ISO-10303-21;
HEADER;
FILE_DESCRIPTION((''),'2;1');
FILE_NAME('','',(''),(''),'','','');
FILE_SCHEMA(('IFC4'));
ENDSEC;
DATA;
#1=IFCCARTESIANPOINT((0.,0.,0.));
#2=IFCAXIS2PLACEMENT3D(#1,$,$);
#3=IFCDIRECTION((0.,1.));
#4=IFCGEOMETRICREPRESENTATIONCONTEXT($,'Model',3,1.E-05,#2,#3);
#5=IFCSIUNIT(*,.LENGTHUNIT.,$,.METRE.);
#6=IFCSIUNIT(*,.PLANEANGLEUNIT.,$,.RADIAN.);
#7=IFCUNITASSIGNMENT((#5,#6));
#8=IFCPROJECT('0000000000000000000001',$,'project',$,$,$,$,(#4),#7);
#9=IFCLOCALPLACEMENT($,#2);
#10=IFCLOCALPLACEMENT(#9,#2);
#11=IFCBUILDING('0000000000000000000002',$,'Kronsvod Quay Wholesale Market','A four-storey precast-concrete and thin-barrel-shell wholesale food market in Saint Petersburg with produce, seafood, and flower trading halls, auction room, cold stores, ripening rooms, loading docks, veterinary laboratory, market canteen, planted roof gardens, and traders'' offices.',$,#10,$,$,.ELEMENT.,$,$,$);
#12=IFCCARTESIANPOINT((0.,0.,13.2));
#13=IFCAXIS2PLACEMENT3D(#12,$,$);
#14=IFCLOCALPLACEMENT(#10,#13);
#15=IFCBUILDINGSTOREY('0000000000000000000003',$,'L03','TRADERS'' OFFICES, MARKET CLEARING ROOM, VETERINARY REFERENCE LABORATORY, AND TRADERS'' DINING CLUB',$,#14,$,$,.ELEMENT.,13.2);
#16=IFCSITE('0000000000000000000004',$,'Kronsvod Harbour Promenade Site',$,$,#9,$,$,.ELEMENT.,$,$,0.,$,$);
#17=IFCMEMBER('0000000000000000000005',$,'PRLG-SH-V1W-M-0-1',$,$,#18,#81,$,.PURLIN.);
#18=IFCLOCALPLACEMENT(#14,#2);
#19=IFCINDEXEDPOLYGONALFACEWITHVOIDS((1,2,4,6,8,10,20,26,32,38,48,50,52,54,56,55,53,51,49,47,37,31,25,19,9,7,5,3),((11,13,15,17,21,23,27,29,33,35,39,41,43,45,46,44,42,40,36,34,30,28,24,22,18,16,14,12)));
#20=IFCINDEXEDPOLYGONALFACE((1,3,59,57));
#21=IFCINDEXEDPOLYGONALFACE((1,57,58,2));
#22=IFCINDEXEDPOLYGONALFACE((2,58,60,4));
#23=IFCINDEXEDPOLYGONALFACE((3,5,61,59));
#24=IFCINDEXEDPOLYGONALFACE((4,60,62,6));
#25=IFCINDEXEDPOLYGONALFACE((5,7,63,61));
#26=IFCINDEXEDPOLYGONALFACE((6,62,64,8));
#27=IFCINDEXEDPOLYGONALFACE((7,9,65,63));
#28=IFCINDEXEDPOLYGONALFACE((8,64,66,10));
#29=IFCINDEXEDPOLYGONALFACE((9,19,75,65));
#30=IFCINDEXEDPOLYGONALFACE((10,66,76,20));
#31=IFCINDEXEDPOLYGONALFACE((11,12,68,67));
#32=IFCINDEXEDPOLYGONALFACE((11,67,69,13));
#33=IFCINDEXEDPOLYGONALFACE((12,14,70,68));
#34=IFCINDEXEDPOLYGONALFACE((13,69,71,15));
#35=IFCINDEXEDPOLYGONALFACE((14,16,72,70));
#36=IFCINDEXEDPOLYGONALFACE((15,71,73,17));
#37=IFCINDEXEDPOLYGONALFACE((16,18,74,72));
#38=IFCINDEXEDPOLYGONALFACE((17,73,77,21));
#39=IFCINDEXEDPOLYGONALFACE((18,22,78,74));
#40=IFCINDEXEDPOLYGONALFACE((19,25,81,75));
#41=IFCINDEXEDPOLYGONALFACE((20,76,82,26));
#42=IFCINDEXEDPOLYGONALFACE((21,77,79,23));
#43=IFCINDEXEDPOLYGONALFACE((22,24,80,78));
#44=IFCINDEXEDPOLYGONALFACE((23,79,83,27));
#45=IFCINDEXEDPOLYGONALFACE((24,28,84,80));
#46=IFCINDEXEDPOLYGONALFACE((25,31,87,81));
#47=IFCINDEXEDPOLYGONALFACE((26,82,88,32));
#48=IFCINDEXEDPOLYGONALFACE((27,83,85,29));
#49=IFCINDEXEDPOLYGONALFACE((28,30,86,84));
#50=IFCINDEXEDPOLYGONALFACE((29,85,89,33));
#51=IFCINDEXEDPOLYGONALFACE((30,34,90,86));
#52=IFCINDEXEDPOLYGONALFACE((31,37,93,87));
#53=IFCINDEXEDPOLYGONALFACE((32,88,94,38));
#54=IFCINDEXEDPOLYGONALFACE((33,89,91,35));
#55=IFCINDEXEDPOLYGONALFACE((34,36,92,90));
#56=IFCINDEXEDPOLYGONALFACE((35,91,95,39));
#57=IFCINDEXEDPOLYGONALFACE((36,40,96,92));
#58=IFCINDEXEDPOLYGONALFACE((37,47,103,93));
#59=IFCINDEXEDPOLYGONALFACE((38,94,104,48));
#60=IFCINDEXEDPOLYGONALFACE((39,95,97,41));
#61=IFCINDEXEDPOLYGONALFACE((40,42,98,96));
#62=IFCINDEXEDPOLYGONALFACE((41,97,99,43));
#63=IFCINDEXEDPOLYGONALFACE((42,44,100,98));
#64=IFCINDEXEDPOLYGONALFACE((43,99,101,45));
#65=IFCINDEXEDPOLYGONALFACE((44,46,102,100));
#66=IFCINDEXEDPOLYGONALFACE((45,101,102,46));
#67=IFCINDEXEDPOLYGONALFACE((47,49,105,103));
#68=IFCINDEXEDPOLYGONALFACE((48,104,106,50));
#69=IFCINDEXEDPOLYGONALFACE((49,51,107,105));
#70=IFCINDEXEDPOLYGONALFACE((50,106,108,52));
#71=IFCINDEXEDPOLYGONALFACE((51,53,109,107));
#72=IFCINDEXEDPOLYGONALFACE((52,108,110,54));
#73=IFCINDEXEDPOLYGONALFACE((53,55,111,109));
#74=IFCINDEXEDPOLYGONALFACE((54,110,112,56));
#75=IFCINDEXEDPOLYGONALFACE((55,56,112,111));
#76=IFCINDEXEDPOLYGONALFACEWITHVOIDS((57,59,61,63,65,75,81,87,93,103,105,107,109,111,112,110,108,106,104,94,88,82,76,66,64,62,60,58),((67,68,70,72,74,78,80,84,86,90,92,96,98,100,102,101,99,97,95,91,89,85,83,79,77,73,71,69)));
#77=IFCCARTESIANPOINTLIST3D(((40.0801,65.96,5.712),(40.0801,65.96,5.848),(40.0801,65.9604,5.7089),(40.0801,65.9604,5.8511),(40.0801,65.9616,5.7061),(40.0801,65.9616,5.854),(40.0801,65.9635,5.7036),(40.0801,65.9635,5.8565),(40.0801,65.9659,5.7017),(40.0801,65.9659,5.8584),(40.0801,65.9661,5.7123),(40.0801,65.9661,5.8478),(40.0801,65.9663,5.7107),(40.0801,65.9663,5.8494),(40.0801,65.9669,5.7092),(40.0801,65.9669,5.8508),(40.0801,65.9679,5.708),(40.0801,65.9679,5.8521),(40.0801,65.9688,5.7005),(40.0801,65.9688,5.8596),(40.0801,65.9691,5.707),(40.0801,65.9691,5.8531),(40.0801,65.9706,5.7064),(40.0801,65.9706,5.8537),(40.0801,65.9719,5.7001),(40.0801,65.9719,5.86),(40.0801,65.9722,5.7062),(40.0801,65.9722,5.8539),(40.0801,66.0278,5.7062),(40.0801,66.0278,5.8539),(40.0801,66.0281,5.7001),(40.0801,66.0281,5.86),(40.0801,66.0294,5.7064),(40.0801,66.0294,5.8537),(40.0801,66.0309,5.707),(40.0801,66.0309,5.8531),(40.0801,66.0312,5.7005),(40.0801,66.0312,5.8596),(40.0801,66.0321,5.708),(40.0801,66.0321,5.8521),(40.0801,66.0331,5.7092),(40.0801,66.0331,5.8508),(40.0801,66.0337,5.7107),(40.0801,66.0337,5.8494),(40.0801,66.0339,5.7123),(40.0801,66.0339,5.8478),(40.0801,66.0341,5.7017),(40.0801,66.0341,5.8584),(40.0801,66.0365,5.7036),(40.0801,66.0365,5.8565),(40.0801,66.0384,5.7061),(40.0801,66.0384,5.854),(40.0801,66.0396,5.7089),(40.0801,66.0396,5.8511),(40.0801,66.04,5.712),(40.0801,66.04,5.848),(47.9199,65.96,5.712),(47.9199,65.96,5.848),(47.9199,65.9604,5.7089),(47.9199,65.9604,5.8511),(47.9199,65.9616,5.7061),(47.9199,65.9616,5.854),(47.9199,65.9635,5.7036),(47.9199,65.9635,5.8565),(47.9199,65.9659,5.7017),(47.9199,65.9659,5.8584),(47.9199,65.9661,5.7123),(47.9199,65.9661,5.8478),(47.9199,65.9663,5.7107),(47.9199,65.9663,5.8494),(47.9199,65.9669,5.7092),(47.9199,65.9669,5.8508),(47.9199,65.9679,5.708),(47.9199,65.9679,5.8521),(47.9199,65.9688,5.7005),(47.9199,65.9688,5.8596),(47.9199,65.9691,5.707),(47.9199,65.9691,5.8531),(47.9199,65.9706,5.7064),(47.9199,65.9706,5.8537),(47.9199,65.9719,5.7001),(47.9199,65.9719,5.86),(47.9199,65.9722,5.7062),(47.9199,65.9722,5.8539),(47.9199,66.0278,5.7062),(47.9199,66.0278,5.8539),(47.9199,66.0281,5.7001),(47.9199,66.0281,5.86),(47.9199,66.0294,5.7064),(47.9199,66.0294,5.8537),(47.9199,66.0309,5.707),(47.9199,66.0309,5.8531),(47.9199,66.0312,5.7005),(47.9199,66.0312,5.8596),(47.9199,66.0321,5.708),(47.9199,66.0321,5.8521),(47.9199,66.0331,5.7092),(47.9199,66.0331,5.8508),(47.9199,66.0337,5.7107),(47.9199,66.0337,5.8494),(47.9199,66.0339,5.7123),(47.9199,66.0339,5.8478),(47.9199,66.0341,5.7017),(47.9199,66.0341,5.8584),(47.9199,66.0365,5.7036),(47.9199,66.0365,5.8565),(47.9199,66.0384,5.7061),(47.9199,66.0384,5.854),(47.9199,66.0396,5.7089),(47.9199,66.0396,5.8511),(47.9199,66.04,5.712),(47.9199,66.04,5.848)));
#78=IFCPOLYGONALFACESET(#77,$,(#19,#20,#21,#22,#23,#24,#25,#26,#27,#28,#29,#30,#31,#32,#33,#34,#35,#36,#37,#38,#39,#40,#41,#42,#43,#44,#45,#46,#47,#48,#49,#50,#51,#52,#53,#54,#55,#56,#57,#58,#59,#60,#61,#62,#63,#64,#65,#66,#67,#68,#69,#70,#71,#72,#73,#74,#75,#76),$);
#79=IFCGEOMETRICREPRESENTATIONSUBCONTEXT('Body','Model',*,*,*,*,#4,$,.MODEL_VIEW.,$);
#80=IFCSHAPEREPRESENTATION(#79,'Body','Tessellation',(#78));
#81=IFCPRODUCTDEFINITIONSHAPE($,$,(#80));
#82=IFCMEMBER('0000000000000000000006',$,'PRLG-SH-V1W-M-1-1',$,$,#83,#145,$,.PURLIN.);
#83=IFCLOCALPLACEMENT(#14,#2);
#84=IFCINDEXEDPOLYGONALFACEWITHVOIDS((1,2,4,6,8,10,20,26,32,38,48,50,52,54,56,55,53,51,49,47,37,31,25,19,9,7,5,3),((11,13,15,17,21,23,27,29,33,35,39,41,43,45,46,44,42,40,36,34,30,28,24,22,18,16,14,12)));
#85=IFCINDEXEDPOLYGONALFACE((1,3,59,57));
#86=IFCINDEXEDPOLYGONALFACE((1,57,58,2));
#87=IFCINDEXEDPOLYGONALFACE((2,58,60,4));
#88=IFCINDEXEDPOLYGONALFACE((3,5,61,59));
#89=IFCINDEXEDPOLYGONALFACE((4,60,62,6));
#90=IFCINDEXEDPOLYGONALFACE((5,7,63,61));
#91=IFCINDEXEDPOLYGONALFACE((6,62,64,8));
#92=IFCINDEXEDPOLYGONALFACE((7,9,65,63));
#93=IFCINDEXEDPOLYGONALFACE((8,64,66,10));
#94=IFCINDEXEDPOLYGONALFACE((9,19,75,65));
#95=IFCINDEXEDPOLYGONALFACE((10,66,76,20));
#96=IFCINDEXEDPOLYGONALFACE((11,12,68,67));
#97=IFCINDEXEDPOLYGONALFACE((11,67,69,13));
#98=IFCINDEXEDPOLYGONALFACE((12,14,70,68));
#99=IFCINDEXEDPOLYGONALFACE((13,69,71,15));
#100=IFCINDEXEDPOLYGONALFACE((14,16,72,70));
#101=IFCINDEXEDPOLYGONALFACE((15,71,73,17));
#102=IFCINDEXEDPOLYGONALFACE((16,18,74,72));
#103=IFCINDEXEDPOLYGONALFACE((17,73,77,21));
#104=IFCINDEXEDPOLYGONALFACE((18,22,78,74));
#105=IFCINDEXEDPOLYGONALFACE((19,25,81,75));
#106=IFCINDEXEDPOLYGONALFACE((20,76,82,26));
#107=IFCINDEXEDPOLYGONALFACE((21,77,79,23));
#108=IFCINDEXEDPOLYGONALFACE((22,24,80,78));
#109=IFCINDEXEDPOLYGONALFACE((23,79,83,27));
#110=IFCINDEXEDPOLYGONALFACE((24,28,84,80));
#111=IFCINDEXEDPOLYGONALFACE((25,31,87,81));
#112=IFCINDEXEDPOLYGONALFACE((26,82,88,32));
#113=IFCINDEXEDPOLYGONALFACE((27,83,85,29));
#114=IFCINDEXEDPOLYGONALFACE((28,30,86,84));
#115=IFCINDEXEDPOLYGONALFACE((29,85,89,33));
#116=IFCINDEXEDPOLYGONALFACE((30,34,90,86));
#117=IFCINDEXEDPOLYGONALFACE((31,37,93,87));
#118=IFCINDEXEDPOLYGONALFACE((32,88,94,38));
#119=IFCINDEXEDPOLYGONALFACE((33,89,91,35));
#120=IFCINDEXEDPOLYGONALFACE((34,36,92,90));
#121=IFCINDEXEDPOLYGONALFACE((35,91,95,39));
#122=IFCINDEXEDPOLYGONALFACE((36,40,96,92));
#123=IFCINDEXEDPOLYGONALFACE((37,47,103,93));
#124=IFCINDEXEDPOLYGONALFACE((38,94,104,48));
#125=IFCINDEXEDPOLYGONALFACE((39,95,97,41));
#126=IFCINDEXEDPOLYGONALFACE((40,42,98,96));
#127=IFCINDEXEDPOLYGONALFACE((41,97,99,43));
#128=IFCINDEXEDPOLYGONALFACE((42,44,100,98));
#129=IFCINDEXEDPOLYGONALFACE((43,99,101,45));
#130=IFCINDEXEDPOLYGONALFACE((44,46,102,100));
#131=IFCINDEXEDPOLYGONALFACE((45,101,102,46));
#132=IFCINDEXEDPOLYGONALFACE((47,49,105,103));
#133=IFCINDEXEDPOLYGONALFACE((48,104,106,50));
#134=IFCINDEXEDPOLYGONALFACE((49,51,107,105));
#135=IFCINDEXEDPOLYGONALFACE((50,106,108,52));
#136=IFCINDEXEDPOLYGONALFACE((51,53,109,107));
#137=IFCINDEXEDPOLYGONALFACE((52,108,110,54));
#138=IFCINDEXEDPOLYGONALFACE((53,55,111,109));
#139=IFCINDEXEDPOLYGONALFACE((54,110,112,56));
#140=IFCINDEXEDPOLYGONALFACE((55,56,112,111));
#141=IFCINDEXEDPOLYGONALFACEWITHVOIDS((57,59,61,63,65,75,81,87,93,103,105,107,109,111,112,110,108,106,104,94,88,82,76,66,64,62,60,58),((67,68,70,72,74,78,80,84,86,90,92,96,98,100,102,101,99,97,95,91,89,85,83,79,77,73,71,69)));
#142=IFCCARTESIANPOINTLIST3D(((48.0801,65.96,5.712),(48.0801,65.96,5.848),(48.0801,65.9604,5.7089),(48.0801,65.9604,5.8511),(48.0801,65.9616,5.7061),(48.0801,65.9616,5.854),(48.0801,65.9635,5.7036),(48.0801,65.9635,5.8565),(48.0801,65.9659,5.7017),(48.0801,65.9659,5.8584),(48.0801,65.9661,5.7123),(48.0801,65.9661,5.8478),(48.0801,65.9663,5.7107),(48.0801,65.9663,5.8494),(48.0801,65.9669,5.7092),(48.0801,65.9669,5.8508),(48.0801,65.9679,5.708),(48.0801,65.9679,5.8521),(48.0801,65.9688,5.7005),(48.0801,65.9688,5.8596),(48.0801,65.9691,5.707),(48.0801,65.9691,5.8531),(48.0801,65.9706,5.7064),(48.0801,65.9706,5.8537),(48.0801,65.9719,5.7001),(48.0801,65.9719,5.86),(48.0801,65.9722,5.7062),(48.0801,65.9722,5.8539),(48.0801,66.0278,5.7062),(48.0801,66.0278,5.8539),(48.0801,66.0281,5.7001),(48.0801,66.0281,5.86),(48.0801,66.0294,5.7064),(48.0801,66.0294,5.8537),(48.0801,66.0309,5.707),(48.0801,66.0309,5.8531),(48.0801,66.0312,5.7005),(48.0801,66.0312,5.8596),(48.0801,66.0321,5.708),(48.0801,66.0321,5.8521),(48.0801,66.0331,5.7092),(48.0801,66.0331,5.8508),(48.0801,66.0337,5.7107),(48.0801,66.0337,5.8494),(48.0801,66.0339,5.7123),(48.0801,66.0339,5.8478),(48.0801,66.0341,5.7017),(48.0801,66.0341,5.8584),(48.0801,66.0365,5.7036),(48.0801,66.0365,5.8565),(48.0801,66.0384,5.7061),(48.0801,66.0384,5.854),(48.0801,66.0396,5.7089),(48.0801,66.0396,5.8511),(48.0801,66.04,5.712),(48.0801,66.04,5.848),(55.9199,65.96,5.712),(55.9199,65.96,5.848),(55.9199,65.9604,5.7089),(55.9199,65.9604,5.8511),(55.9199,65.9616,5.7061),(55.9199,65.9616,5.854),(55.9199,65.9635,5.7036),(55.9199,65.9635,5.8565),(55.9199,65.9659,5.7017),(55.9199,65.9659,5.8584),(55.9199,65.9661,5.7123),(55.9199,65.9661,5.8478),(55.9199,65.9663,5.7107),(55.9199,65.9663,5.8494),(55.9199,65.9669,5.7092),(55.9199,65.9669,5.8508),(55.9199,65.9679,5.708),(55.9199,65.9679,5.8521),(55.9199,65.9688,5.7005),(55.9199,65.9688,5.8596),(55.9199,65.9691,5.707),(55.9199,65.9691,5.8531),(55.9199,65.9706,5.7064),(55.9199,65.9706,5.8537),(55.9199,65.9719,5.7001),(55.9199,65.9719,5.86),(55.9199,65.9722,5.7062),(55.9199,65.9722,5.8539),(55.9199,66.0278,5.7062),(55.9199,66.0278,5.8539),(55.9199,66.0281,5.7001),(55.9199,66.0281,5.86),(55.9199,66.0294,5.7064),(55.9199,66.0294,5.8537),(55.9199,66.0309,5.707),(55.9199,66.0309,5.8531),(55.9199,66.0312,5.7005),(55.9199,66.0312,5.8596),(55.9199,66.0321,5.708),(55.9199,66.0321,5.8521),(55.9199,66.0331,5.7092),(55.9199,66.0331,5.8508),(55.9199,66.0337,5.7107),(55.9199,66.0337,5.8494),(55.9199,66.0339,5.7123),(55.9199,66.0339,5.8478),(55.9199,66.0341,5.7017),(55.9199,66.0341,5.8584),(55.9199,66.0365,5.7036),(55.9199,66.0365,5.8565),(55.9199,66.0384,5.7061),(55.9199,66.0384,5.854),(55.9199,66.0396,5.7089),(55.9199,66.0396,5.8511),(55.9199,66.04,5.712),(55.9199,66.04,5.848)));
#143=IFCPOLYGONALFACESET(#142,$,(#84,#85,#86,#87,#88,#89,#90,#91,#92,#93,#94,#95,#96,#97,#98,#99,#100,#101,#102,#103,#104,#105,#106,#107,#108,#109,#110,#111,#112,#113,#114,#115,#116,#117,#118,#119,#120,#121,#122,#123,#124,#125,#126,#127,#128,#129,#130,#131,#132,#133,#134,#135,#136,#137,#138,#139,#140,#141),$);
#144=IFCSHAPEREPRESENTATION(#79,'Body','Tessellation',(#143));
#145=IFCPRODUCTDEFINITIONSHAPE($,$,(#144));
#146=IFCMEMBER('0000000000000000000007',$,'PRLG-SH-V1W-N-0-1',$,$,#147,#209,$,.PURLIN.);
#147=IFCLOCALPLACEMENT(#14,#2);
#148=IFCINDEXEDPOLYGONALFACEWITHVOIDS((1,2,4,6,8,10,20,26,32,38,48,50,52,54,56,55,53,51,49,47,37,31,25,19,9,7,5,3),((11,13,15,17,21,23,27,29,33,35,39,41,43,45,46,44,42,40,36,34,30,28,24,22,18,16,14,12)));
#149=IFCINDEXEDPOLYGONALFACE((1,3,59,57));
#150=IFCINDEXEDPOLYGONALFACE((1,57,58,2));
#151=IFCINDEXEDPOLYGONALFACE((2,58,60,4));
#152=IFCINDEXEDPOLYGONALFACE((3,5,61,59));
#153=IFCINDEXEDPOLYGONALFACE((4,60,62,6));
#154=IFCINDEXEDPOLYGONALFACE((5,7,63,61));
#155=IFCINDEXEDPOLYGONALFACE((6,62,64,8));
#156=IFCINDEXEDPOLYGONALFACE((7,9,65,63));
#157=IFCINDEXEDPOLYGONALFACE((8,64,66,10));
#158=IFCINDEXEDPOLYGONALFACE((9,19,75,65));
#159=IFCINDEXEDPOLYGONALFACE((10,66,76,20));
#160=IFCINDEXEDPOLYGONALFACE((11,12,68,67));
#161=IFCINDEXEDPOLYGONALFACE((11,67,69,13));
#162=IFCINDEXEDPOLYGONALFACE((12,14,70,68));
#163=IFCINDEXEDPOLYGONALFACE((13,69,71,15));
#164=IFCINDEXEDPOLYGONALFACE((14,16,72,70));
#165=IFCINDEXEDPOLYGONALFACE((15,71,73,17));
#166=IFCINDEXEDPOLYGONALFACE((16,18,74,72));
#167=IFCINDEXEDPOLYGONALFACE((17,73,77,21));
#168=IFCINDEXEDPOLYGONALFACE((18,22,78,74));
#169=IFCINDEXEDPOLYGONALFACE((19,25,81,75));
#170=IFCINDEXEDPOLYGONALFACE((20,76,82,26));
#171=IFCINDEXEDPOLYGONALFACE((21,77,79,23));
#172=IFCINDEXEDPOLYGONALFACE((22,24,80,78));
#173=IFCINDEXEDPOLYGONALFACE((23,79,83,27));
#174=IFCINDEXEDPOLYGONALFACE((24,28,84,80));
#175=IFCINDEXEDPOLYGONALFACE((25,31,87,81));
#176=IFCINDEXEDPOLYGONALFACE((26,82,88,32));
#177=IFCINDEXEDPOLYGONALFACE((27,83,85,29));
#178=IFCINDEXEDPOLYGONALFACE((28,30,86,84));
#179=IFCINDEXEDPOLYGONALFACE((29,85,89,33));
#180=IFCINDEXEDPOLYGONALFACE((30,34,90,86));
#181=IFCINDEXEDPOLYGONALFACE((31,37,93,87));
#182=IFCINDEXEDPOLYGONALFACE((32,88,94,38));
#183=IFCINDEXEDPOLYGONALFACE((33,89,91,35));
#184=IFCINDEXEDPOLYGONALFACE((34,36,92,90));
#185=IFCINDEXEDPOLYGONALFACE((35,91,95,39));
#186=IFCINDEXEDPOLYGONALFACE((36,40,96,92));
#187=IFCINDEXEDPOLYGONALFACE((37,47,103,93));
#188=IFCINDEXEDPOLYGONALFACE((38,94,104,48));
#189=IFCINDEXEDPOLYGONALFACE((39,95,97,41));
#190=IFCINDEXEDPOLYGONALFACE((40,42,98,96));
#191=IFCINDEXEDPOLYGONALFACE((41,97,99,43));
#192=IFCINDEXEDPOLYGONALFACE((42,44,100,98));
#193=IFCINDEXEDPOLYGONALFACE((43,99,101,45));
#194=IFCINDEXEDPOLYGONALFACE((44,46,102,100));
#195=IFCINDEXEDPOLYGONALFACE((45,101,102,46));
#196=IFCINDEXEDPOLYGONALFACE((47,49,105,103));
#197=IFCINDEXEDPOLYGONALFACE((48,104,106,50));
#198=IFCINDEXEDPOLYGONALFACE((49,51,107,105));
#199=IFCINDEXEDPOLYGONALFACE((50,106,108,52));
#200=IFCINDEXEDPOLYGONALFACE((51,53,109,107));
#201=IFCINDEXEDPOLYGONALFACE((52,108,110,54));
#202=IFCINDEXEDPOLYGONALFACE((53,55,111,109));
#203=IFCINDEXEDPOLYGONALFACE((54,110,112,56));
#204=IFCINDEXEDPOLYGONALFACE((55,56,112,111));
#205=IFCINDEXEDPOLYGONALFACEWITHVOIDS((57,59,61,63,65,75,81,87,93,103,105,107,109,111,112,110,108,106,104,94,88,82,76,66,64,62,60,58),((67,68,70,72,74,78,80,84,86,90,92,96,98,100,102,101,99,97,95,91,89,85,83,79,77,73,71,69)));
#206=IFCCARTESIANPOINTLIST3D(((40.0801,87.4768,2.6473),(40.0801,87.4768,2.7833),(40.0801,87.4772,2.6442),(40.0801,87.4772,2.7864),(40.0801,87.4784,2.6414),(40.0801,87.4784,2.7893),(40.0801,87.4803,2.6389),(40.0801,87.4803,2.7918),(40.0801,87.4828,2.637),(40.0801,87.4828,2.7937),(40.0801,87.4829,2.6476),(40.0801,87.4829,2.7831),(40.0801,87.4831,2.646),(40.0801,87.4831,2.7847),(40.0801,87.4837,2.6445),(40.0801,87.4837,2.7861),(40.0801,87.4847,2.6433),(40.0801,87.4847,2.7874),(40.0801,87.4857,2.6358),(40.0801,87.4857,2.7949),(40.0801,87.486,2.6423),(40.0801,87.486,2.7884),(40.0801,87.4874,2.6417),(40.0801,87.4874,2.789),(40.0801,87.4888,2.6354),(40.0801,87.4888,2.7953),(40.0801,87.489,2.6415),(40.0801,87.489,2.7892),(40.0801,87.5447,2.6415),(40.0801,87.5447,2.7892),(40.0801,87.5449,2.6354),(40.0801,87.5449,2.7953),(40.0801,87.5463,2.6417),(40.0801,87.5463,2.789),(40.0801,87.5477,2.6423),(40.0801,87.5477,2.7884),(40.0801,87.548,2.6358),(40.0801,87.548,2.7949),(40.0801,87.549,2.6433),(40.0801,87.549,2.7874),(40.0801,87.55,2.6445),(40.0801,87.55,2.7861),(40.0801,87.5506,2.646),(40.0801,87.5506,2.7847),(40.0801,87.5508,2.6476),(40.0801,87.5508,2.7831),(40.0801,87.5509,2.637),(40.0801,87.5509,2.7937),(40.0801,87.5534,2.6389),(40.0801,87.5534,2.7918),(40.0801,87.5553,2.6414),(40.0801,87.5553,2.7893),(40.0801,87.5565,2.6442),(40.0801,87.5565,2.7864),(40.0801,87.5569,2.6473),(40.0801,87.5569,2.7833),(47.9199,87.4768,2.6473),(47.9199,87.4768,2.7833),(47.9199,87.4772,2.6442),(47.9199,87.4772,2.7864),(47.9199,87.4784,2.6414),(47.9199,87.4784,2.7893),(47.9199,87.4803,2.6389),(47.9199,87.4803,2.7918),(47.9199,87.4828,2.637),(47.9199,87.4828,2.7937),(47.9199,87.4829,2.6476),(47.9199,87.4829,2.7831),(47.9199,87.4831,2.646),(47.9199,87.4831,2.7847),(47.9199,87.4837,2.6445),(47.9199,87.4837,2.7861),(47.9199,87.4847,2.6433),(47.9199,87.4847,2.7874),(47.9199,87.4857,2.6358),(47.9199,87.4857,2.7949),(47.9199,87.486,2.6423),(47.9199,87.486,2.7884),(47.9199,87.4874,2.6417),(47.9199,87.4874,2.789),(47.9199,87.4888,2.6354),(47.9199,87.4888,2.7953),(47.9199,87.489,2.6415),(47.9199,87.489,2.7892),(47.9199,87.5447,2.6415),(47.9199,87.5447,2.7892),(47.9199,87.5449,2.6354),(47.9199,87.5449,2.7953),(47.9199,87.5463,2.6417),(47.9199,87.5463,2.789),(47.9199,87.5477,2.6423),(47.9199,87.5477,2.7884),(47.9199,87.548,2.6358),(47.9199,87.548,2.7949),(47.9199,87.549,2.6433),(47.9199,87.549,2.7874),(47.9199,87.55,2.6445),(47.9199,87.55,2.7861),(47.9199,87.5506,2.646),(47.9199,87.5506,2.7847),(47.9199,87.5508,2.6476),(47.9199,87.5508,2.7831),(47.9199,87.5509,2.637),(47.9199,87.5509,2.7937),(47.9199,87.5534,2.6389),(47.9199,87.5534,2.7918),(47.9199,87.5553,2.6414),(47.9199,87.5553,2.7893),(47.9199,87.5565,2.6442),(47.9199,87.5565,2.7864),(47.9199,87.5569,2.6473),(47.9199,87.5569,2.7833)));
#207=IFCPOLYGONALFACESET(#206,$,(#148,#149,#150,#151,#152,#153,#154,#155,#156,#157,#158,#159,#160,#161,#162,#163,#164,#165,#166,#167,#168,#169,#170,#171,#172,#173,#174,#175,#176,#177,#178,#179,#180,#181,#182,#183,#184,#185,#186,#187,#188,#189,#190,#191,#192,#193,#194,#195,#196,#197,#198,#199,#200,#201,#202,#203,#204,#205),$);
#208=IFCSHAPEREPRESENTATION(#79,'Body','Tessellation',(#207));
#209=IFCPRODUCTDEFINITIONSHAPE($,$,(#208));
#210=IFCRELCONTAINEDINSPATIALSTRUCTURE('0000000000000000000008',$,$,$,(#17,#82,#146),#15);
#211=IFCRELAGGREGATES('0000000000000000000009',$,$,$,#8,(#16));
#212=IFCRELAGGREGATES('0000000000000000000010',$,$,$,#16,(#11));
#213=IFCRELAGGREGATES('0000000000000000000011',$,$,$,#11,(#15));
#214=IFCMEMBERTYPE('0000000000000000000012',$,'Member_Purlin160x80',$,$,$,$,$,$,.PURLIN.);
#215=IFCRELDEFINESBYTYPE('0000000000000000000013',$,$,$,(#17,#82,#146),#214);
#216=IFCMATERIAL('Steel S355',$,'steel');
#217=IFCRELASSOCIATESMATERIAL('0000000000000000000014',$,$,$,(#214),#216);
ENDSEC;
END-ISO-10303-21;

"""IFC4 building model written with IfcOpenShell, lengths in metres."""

from ifc_helpers import new_model, si_unit, direction, frame, origin, origin_2d, place, context, subcontext, project, spatial, hollow_rectangle, extrude, material, material_profile, profile_set, type_object, element, save


model = new_model("IFC4")

# Units and contexts
model_context = context("Model", 3, precision=1e-05, world=origin(), true_north=direction((0.0, 1.0)))
body_context = subcontext(model_context, "Body", "Model", "MODEL_VIEW")
ifc_project = project(units=[si_unit("LENGTHUNIT", "METRE"), si_unit("PLANEANGLEUNIT", "RADIAN")], contexts=[model_context])

# Site, building, storey
site_placement = place(None, origin())
site = spatial("IfcSite", under=ifc_project, at=site_placement, Name="Kronsvod Harbour Promenade Site", CompositionType="ELEMENT", RefElevation=0.0)
building_placement = place(site_placement, origin())
building = spatial("IfcBuilding", under=site, at=building_placement, Name="Kronsvod Quay Wholesale Market", Description="A four-storey precast-concrete and thin-barrel-shell wholesale food market in Saint Petersburg with produce, seafood, and flower trading halls, auction room, cold stores, ripening rooms, loading docks, veterinary laboratory, market canteen, planted roof gardens, and traders' offices.", CompositionType="ELEMENT")
storey_placement = place(building_placement, frame((0.0, 0.0, 13.2)))
storey = spatial("IfcBuildingStorey", under=building, at=storey_placement, Name="L03", Description="TRADERS' OFFICES, MARKET CLEARING ROOM, VETERINARY REFERENCE LABORATORY, AND TRADERS' DINING CLUB", CompositionType="ELEMENT", Elevation=13.2)

# Members
ifc_material_1 = material(Name="Steel S355", Category="steel")
ifc_material_profile_1 = material_profile(ifc_material_1, hollow_rectangle(XDim=0.0801, YDim=0.1599, WallThickness=0.0061, InnerFilletRadius=0.0061, OuterFilletRadius=0.012, at=origin_2d()), Name="RHS160x80x6")
ifc_profile_set_1 = profile_set([ifc_material_profile_1], Name="Steel S355")
member_type_1 = type_object("IfcMemberType", Name="Member_Purlin160x80", PredefinedType="PURLIN", material=ifc_profile_set_1)
for number, where, z_axis, x_axis, name in (
    (1, (40.0801, 66.0, 5.78), (1.0, 0.0, 0.0), (0.0, 1.0, 0.0), "PRLG-SH-V1W-M-0-1"),
    (2, (48.0801, 66.0, 5.78), (1.0, 0.0, 0.0), (0.0, 1.0, 0.0), "PRLG-SH-V1W-M-1-1"),
    (3, (40.0801, 87.5168, 2.7153), (1.0, 0.0, 0.0), (0.0, 1.0, 0.0), "PRLG-SH-V1W-N-0-1"),
):
    element("IfcMember", number, at=place(storey_placement, frame(where, z_axis=z_axis, x_axis=x_axis)), inside=storey, type_object=member_type_1, Name=name, PredefinedType="PURLIN", context=body_context, shape_type="SweptSolid", body=[
        extrude(hollow_rectangle(XDim=0.0801, YDim=0.1599, WallThickness=0.0061, InnerFilletRadius=0.0061, OuterFilletRadius=0.012, at=origin_2d()), origin(), (0.0, 0.0, 1.0), 7.8398),
    ])

save(model, "model.ifc")
